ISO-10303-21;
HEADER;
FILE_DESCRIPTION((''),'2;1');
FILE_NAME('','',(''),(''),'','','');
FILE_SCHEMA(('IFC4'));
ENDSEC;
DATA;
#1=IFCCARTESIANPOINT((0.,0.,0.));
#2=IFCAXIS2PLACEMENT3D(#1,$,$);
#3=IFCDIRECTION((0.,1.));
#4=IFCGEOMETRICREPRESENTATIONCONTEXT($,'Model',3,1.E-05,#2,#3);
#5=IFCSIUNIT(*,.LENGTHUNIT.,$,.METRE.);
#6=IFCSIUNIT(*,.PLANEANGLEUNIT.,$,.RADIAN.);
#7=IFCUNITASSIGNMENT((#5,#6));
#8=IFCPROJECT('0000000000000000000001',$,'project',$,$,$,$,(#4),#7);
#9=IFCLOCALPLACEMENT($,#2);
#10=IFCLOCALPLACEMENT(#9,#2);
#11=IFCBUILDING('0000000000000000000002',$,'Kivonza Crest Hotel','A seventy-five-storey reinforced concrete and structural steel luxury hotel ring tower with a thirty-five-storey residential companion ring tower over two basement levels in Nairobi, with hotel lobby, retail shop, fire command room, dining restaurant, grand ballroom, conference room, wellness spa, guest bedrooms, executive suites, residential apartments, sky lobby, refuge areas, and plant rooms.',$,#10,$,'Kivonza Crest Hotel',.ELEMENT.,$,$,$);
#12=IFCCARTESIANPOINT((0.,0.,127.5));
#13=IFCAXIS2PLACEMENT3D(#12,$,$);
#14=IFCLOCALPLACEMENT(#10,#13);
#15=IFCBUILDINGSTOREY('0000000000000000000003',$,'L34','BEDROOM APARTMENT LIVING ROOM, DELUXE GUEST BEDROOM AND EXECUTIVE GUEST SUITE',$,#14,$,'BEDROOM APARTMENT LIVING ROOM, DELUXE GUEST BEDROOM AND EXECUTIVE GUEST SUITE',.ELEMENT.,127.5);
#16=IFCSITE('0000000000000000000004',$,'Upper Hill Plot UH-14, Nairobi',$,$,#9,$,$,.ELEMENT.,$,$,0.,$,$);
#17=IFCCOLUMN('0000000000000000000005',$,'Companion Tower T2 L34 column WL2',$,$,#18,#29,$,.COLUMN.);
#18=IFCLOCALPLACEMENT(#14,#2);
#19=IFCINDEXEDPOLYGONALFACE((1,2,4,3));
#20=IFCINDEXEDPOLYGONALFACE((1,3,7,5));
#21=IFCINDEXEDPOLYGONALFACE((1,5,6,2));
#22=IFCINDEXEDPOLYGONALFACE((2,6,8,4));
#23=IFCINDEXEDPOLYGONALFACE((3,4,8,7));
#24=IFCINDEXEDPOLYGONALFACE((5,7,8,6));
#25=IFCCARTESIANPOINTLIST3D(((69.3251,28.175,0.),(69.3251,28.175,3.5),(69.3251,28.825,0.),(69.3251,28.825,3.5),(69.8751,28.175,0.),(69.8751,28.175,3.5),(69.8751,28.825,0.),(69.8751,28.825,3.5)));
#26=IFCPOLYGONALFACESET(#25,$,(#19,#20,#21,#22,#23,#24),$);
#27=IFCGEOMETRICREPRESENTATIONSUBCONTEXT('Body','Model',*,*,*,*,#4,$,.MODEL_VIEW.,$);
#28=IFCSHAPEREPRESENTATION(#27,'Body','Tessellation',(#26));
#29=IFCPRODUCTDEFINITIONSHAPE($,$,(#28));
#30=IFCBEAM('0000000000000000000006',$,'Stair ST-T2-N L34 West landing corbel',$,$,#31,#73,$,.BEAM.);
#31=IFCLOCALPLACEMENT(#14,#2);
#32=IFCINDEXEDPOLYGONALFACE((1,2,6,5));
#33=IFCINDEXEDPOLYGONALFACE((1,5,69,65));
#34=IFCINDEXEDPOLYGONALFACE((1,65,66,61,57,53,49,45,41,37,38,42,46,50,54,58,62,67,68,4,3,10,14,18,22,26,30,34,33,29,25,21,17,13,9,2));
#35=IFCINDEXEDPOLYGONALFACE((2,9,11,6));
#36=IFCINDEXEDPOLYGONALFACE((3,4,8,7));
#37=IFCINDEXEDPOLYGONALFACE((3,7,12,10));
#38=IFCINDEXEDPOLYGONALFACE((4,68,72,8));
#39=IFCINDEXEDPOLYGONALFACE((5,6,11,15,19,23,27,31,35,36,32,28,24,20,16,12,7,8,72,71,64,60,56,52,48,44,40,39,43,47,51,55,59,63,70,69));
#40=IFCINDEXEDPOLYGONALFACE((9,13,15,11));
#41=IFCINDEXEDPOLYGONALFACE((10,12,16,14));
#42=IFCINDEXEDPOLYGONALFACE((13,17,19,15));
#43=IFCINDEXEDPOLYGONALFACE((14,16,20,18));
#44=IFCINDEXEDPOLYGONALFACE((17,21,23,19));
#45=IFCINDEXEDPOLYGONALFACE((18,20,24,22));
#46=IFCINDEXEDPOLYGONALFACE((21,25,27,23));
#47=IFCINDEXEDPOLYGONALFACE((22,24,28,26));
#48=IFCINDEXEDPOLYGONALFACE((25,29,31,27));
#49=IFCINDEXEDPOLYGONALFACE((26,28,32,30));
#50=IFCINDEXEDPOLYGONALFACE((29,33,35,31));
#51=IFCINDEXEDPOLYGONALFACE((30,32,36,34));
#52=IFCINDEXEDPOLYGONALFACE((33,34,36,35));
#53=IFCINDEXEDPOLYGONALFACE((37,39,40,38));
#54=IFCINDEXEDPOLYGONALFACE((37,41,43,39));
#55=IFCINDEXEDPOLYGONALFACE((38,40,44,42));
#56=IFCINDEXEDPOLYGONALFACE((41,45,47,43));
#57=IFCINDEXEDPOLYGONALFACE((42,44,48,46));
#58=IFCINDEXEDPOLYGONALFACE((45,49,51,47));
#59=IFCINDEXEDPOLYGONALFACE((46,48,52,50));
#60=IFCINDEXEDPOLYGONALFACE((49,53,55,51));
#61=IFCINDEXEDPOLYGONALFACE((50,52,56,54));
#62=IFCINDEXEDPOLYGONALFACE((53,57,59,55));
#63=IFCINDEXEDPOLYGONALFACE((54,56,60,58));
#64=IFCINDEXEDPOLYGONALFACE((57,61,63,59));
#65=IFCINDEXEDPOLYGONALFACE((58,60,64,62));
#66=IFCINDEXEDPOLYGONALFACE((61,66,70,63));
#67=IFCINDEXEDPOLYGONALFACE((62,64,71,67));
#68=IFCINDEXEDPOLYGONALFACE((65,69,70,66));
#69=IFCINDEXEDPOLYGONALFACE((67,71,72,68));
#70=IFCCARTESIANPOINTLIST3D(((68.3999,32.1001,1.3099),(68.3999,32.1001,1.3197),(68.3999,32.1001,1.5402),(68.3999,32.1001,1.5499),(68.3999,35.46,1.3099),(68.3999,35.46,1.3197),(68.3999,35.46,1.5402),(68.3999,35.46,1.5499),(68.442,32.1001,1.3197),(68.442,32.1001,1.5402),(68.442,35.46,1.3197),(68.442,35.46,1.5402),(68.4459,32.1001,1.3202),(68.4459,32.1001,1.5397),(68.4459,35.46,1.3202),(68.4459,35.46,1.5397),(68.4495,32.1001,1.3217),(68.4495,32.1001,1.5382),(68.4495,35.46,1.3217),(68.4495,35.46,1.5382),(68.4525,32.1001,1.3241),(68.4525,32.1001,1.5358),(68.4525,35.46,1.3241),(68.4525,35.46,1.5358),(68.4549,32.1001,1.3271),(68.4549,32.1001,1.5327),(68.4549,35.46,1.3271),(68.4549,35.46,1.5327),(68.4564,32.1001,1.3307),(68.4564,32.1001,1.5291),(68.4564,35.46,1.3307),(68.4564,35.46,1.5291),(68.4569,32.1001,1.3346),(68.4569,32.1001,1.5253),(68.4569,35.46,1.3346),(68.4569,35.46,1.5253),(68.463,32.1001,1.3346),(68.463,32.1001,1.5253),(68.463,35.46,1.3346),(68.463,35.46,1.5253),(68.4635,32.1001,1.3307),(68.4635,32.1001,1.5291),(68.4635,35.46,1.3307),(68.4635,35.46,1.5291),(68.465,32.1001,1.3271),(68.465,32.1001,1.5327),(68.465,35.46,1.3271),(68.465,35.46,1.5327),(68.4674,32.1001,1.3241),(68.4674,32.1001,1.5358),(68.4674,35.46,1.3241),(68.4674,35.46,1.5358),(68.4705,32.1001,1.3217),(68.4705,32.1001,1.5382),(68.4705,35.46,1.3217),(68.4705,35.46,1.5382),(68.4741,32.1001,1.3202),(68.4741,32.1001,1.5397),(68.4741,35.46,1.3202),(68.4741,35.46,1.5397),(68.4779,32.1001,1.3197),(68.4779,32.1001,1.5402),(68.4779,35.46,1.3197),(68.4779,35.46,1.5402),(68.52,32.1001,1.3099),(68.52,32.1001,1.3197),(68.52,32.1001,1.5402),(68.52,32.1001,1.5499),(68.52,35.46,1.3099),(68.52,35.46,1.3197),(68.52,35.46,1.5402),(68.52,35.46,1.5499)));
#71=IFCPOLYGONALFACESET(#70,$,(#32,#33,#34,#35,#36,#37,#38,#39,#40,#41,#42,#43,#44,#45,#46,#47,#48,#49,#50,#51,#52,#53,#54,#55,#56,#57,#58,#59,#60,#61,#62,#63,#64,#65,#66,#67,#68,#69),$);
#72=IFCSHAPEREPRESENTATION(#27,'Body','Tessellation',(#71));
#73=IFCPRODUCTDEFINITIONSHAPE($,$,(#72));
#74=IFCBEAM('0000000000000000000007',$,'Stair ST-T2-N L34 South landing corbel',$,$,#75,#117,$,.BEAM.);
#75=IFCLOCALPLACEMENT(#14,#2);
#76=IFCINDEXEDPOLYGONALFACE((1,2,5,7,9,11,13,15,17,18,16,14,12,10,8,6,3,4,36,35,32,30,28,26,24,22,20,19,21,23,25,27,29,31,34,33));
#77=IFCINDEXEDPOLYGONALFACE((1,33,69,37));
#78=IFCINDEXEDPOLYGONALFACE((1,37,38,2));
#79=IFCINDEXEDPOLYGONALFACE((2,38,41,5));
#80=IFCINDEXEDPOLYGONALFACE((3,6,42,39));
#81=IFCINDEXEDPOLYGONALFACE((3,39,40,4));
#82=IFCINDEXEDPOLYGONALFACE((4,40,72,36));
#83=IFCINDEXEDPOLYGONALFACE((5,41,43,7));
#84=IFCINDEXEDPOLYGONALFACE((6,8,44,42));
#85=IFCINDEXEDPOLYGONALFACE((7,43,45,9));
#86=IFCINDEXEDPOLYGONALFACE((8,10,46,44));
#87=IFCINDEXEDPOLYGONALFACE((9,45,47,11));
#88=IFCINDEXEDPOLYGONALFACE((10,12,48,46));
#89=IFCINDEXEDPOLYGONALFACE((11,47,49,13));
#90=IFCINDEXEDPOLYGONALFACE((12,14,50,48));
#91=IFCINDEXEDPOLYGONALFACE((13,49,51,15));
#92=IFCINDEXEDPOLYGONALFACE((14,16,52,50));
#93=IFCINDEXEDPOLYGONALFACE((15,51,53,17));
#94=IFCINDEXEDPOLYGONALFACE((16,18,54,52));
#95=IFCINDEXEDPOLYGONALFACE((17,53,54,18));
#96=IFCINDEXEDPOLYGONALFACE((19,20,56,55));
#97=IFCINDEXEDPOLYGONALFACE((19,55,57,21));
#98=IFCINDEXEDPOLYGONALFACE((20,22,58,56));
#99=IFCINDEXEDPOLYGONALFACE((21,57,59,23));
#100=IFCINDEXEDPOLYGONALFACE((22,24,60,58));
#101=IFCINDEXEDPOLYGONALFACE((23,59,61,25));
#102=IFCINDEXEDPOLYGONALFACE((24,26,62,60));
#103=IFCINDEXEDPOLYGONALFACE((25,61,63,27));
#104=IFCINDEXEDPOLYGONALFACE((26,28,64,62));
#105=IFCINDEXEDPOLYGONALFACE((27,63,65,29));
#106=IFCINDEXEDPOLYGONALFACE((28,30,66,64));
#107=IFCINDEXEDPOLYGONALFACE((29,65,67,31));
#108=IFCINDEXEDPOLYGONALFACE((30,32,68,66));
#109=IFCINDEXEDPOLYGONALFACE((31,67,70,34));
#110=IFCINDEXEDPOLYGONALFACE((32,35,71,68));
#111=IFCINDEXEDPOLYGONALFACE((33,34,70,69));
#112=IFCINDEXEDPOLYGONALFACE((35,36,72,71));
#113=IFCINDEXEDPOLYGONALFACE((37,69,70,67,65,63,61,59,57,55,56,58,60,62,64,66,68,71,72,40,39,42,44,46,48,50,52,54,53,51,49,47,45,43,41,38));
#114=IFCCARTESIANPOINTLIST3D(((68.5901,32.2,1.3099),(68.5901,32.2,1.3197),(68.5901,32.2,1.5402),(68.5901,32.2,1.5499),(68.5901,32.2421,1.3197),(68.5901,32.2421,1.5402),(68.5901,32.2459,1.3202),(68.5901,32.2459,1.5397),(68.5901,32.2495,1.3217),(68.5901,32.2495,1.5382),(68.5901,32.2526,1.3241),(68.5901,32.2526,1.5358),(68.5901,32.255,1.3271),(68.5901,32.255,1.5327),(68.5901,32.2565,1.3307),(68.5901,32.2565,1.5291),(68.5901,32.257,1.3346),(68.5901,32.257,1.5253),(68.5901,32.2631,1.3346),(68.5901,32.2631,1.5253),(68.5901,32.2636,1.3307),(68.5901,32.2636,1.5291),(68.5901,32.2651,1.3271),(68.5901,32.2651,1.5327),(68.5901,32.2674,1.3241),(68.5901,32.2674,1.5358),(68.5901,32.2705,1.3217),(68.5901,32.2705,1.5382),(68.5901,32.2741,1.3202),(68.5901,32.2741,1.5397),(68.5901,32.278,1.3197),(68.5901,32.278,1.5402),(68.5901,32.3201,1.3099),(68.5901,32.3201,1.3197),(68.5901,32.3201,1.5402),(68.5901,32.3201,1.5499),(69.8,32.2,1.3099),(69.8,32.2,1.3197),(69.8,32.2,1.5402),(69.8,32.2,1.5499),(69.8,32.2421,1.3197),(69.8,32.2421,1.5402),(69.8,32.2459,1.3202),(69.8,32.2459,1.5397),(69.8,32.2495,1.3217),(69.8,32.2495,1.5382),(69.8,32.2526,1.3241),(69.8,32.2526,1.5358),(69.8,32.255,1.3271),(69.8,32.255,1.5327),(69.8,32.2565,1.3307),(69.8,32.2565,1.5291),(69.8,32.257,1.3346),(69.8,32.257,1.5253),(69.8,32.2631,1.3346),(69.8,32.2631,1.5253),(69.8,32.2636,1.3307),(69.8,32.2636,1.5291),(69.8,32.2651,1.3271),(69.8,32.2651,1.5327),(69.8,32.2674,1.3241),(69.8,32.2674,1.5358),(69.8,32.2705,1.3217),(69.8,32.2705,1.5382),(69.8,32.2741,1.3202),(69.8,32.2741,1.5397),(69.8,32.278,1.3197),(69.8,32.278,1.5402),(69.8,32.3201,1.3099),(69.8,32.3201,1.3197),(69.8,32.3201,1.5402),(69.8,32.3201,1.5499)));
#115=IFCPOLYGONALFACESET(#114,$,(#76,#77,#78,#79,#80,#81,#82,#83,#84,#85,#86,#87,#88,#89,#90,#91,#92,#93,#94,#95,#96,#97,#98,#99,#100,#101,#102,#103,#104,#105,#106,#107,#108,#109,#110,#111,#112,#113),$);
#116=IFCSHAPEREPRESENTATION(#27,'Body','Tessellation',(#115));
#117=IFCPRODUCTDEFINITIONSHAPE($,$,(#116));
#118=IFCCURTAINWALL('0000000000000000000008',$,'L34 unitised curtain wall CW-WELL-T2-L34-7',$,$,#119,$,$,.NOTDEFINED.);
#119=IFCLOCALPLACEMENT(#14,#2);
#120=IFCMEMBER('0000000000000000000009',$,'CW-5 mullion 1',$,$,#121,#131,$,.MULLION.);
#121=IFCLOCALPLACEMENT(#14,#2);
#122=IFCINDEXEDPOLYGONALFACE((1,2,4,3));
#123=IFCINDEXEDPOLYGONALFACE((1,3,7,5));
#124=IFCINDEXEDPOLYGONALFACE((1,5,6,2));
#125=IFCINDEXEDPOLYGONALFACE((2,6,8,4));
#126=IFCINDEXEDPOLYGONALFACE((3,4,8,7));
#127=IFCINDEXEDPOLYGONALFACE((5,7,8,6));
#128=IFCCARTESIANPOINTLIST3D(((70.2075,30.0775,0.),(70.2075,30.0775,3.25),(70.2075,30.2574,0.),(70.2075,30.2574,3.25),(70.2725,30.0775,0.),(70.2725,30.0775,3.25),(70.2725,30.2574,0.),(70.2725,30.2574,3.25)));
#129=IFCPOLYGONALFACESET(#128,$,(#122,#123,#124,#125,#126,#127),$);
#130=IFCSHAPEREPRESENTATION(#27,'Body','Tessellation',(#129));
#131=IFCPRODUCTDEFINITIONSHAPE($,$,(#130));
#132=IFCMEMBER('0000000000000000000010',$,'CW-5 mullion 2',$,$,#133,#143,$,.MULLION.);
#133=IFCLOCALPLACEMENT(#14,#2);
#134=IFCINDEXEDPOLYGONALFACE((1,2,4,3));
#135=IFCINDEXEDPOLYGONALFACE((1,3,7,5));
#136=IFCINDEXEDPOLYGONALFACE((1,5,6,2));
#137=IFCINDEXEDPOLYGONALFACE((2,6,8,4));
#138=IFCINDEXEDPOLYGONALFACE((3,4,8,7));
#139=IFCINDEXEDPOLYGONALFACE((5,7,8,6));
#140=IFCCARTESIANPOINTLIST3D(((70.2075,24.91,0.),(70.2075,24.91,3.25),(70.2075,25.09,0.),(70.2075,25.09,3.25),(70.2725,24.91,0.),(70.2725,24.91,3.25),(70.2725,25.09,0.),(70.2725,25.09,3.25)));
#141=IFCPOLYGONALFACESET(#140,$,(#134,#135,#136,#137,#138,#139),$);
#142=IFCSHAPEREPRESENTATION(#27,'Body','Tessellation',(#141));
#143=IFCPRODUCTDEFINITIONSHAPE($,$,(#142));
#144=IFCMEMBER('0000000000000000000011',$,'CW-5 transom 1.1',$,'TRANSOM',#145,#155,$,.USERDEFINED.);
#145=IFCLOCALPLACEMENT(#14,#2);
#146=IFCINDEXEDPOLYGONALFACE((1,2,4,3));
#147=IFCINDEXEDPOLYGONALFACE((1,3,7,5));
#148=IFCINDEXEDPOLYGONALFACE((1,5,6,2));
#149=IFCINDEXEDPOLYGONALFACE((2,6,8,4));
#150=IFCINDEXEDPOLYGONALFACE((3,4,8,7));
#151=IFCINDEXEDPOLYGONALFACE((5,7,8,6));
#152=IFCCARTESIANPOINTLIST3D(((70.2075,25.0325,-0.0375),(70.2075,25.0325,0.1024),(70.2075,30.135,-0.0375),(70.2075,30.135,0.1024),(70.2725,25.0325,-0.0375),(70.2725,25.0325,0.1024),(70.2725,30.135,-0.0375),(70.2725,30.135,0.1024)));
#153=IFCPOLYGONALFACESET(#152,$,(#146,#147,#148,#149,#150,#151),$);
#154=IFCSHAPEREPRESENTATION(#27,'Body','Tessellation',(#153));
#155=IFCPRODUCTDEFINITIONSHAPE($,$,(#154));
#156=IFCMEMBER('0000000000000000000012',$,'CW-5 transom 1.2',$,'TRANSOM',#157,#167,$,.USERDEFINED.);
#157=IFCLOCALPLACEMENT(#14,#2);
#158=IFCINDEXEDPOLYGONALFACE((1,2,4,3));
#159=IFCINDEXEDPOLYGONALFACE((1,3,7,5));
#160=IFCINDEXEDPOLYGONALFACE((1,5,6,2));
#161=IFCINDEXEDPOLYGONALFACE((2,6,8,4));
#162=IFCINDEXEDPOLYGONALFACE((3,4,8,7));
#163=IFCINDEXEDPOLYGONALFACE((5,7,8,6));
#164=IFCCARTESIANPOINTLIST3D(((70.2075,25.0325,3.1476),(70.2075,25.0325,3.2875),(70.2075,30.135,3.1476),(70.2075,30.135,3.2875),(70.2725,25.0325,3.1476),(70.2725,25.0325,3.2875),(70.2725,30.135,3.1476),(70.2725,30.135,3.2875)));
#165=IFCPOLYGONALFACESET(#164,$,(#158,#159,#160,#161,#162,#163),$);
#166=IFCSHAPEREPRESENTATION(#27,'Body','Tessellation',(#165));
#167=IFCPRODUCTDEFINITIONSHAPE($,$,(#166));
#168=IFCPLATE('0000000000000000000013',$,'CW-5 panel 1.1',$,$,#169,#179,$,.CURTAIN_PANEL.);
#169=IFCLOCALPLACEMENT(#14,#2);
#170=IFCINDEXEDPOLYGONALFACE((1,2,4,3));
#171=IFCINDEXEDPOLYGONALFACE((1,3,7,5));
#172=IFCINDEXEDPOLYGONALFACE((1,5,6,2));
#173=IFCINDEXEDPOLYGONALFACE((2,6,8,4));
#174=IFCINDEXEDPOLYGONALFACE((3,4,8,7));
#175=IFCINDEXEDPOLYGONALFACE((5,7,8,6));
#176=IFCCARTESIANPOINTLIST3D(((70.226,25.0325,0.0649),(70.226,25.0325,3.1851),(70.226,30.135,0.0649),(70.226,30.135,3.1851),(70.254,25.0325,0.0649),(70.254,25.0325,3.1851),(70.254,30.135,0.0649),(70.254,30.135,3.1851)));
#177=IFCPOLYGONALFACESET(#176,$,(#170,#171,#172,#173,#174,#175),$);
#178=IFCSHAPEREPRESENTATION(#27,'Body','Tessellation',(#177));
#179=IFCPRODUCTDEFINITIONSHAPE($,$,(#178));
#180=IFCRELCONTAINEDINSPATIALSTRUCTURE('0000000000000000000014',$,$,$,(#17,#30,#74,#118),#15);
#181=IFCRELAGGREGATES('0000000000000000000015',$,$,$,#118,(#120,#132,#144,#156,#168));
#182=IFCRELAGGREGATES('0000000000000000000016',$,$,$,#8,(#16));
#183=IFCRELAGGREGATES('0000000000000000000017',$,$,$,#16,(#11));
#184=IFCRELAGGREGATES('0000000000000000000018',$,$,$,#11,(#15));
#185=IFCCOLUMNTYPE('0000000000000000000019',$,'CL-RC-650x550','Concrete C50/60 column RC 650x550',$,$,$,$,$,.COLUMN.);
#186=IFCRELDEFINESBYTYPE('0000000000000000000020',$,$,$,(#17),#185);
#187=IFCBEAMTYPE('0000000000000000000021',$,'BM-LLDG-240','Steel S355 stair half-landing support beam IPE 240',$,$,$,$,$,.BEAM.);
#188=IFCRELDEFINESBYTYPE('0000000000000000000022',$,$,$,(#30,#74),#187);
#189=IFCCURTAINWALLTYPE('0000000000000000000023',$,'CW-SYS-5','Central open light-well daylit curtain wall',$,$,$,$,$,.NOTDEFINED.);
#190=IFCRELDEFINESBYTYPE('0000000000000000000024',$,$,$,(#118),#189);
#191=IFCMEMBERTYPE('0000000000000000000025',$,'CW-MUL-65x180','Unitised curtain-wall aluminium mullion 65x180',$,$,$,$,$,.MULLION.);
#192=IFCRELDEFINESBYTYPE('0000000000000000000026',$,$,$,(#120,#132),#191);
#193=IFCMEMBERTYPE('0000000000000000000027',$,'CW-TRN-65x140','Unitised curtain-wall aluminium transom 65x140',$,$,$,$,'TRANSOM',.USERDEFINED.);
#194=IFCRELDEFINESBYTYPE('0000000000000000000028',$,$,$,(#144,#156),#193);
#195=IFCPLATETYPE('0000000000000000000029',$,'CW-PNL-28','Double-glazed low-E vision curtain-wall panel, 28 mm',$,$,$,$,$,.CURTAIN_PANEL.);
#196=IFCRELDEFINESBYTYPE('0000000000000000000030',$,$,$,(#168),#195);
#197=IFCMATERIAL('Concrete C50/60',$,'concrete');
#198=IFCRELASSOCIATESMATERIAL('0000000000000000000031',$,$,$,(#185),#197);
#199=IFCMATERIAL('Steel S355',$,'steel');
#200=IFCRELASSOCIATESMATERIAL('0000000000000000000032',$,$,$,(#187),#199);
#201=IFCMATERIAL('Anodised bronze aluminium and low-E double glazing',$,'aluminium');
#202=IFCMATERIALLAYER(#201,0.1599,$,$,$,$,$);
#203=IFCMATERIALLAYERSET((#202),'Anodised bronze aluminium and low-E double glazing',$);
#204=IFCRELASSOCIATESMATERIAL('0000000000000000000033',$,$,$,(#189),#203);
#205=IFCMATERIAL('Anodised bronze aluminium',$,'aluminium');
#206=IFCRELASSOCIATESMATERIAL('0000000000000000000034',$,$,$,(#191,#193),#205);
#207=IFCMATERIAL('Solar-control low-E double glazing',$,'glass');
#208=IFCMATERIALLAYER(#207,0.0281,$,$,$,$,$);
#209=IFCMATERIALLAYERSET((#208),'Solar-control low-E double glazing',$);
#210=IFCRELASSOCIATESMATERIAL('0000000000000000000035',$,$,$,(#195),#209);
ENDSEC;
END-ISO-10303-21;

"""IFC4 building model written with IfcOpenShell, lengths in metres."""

from ifc_helpers import new_model, si_unit, direction, frame, origin, origin_2d, place, context, subcontext, project, spatial, rectangle, i_section, extrude, material, layer, layer_set, material_profile, profile_set, type_object, element, aggregate, save


model = new_model("IFC4")

# Units and contexts
model_context = context("Model", 3, precision=1e-05, world=origin(), true_north=direction((0.0, 1.0)))
body_context = subcontext(model_context, "Body", "Model", "MODEL_VIEW")
ifc_project = project(units=[si_unit("LENGTHUNIT", "METRE"), si_unit("PLANEANGLEUNIT", "RADIAN")], contexts=[model_context])

# Site, building, storey
site_placement = place(None, origin())
site = spatial("IfcSite", under=ifc_project, at=site_placement, Name="Upper Hill Plot UH-14, Nairobi", CompositionType="ELEMENT", RefElevation=0.0)
building_placement = place(site_placement, origin())
building = spatial("IfcBuilding", under=site, at=building_placement, Name="Kivonza Crest Hotel", Description="A seventy-five-storey reinforced concrete and structural steel luxury hotel ring tower with a thirty-five-storey residential companion ring tower over two basement levels in Nairobi, with hotel lobby, retail shop, fire command room, dining restaurant, grand ballroom, conference room, wellness spa, guest bedrooms, executive suites, residential apartments, sky lobby, refuge areas, and plant rooms.", LongName="Kivonza Crest Hotel", CompositionType="ELEMENT")
storey_placement = place(building_placement, frame((0.0, 0.0, 127.5)))
storey = spatial("IfcBuildingStorey", under=building, at=storey_placement, Name="L34", Description="BEDROOM APARTMENT LIVING ROOM, DELUXE GUEST BEDROOM AND EXECUTIVE GUEST SUITE", LongName="BEDROOM APARTMENT LIVING ROOM, DELUXE GUEST BEDROOM AND EXECUTIVE GUEST SUITE", CompositionType="ELEMENT", Elevation=127.5)

# Column
ifc_material_1 = material(Name="Concrete C50/60", Category="concrete")
ifc_material_profile_1 = material_profile(ifc_material_1, rectangle(XDim=0.55, YDim=0.6499, at=origin_2d()), Name="RC 650x550")
ifc_profile_set_1 = profile_set([ifc_material_profile_1], Name="Concrete C50/60")
column_type = type_object("IfcColumnType", Name="CL-RC-650x550", Description="Concrete C50/60 column RC 650x550", PredefinedType="COLUMN", material=ifc_profile_set_1)
column_placement = place(storey_placement, frame((69.6001, 28.5, 0.0), z_axis=(0.0, 0.0, 1.0), x_axis=(1.0, 0.0, 0.0)))
element("IfcColumn", 1, at=column_placement, inside=storey, type_object=column_type, Name="Companion Tower T2 L34 column WL2", PredefinedType="COLUMN", context=body_context, shape_type="SweptSolid", body=[
    extrude(rectangle(XDim=0.55, YDim=0.6499, at=origin_2d()), origin(), (0.0, 0.0, 1.0), 3.5),
])

# Beams
ifc_material_2 = material(Name="Steel S355", Category="steel")
ifc_material_profile_2 = material_profile(ifc_material_2, i_section(OverallWidth=0.1201, OverallDepth=0.24, WebThickness=0.0061, FlangeThickness=0.0098, FilletRadius=0.0149, at=origin_2d()), Name="IPE 240")
ifc_profile_set_2 = profile_set([ifc_material_profile_2], Name="Steel S355")
beam_type = type_object("IfcBeamType", Name="BM-LLDG-240", Description="Steel S355 stair half-landing support beam IPE 240", PredefinedType="BEAM", material=ifc_profile_set_2)
beam_1_placement = place(storey_placement, frame((68.46, 32.1001, 1.4299), z_axis=(0.0, 1.0, 0.0), x_axis=(-1.0, 0.0, 0.0)))
element("IfcBeam", 2, at=beam_1_placement, inside=storey, type_object=beam_type, Name="Stair ST-T2-N L34 West landing corbel", PredefinedType="BEAM", context=body_context, shape_type="SweptSolid", body=[
    extrude(i_section(OverallWidth=0.1201, OverallDepth=0.24, WebThickness=0.0061, FlangeThickness=0.0098, FilletRadius=0.0149, at=origin_2d()), origin(), (0.0, 0.0, 1.0), 3.3599),
])
beam_2_placement = place(storey_placement, frame((68.5901, 32.26, 1.4299), z_axis=(1.0, 0.0, 0.0), x_axis=(0.0, 1.0, 0.0)))
element("IfcBeam", 3, at=beam_2_placement, inside=storey, type_object=beam_type, Name="Stair ST-T2-N L34 South landing corbel", PredefinedType="BEAM", context=body_context, shape_type="SweptSolid", body=[
    extrude(i_section(OverallWidth=0.1201, OverallDepth=0.24, WebThickness=0.0061, FlangeThickness=0.0098, FilletRadius=0.0149, at=origin_2d()), origin(), (0.0, 0.0, 1.0), 1.21),
])

# Curtain wall, members, plate
ifc_material_3 = material(Name="Anodised bronze aluminium and low-E double glazing", Category="aluminium")
ifc_layer_1 = layer(ifc_material_3, 0.1599)
ifc_layer_set_1 = layer_set([ifc_layer_1], Name="Anodised bronze aluminium and low-E double glazing")
curtain_wall_type = type_object("IfcCurtainWallType", Name="CW-SYS-5", Description="Central open light-well daylit curtain wall", PredefinedType="NOTDEFINED", material=ifc_layer_set_1)
curtain_wall_placement = place(storey_placement, origin())
curtain_wall = element("IfcCurtainWall", 4, at=curtain_wall_placement, inside=storey, type_object=curtain_wall_type, Name="L34 unitised curtain wall CW-WELL-T2-L34-7", PredefinedType="NOTDEFINED")
ifc_material_4 = material(Name="Anodised bronze aluminium", Category="aluminium")
ifc_material_profile_3 = material_profile(ifc_material_4, rectangle(XDim=0.0649, YDim=0.1799, at=origin_2d()), Name="CW-M 65x180")
ifc_profile_set_3 = profile_set([ifc_material_profile_3], Name="Anodised bronze aluminium")
member_type_1 = type_object("IfcMemberType", Name="CW-MUL-65x180", Description="Unitised curtain-wall aluminium mullion 65x180", PredefinedType="MULLION", material=ifc_profile_set_3)
member_1_placement = place(storey_placement, frame((70.24, 30.1675, 0.0), z_axis=(0.0, 0.0, 1.0), x_axis=(1.0, 0.0, 0.0)))
member_1 = element("IfcMember", 5, at=member_1_placement, type_object=member_type_1, Name="CW-5 mullion 1", PredefinedType="MULLION", context=body_context, shape_type="SweptSolid", body=[
    extrude(rectangle(XDim=0.0649, YDim=0.1799, at=origin_2d()), origin(), (0.0, 0.0, 1.0), 3.25),
])
member_2_placement = place(storey_placement, frame((70.24, 25.0, 0.0), z_axis=(0.0, 0.0, 1.0), x_axis=(1.0, 0.0, 0.0)))
member_2 = element("IfcMember", 6, at=member_2_placement, type_object=member_type_1, Name="CW-5 mullion 2", PredefinedType="MULLION", context=body_context, shape_type="SweptSolid", body=[
    extrude(rectangle(XDim=0.0649, YDim=0.1799, at=origin_2d()), origin(), (0.0, 0.0, 1.0), 3.25),
])
ifc_material_profile_4 = material_profile(ifc_material_4, rectangle(XDim=0.0649, YDim=0.1399, at=origin_2d()), Name="CW-T 65x140")
ifc_profile_set_4 = profile_set([ifc_material_profile_4], Name="Anodised bronze aluminium")
member_type_2 = type_object("IfcMemberType", Name="CW-TRN-65x140", Description="Unitised curtain-wall aluminium transom 65x140", ElementType="TRANSOM", PredefinedType="USERDEFINED", material=ifc_profile_set_4)
member_3_placement = place(storey_placement, frame((70.24, 30.135, 0.0325), z_axis=(0.0, -1.0, 0.0), x_axis=(1.0, 0.0, 0.0)))
member_3 = element("IfcMember", 7, at=member_3_placement, type_object=member_type_2, Name="CW-5 transom 1.1", ObjectType="TRANSOM", PredefinedType="USERDEFINED", context=body_context, shape_type="SweptSolid", body=[
    extrude(rectangle(XDim=0.0649, YDim=0.1399, at=origin_2d()), origin(), (0.0, 0.0, 1.0), 5.1025),
])
member_4_placement = place(storey_placement, frame((70.24, 30.135, 3.2175), z_axis=(0.0, -1.0, 0.0), x_axis=(1.0, 0.0, 0.0)))
member_4 = element("IfcMember", 8, at=member_4_placement, type_object=member_type_2, Name="CW-5 transom 1.2", ObjectType="TRANSOM", PredefinedType="USERDEFINED", context=body_context, shape_type="SweptSolid", body=[
    extrude(rectangle(XDim=0.0649, YDim=0.1399, at=origin_2d()), origin(), (0.0, 0.0, 1.0), 5.1025),
])
ifc_material_5 = material(Name="Solar-control low-E double glazing", Category="glass")
ifc_layer_2 = layer(ifc_material_5, 0.0281)
ifc_layer_set_2 = layer_set([ifc_layer_2], Name="Solar-control low-E double glazing")
plate_type = type_object("IfcPlateType", Name="CW-PNL-28", Description="Double-glazed low-E vision curtain-wall panel, 28 mm", PredefinedType="CURTAIN_PANEL", material=ifc_layer_set_2)
plate_placement = place(storey_placement, frame((70.24, 27.5837, 0.0649), z_axis=(0.0, 0.0, 1.0), x_axis=(0.0, -1.0, 0.0)))
plate = element("IfcPlate", 9, at=plate_placement, type_object=plate_type, Name="CW-5 panel 1.1", PredefinedType="CURTAIN_PANEL", context=body_context, shape_type="SweptSolid", body=[
    extrude(rectangle(XDim=5.1025, YDim=0.0281, at=origin_2d()), origin(), (0.0, 0.0, 1.0), 3.1201),
])
aggregate(curtain_wall, [member_1, member_2, member_3, member_4, plate])

save(model, "model.ifc")
